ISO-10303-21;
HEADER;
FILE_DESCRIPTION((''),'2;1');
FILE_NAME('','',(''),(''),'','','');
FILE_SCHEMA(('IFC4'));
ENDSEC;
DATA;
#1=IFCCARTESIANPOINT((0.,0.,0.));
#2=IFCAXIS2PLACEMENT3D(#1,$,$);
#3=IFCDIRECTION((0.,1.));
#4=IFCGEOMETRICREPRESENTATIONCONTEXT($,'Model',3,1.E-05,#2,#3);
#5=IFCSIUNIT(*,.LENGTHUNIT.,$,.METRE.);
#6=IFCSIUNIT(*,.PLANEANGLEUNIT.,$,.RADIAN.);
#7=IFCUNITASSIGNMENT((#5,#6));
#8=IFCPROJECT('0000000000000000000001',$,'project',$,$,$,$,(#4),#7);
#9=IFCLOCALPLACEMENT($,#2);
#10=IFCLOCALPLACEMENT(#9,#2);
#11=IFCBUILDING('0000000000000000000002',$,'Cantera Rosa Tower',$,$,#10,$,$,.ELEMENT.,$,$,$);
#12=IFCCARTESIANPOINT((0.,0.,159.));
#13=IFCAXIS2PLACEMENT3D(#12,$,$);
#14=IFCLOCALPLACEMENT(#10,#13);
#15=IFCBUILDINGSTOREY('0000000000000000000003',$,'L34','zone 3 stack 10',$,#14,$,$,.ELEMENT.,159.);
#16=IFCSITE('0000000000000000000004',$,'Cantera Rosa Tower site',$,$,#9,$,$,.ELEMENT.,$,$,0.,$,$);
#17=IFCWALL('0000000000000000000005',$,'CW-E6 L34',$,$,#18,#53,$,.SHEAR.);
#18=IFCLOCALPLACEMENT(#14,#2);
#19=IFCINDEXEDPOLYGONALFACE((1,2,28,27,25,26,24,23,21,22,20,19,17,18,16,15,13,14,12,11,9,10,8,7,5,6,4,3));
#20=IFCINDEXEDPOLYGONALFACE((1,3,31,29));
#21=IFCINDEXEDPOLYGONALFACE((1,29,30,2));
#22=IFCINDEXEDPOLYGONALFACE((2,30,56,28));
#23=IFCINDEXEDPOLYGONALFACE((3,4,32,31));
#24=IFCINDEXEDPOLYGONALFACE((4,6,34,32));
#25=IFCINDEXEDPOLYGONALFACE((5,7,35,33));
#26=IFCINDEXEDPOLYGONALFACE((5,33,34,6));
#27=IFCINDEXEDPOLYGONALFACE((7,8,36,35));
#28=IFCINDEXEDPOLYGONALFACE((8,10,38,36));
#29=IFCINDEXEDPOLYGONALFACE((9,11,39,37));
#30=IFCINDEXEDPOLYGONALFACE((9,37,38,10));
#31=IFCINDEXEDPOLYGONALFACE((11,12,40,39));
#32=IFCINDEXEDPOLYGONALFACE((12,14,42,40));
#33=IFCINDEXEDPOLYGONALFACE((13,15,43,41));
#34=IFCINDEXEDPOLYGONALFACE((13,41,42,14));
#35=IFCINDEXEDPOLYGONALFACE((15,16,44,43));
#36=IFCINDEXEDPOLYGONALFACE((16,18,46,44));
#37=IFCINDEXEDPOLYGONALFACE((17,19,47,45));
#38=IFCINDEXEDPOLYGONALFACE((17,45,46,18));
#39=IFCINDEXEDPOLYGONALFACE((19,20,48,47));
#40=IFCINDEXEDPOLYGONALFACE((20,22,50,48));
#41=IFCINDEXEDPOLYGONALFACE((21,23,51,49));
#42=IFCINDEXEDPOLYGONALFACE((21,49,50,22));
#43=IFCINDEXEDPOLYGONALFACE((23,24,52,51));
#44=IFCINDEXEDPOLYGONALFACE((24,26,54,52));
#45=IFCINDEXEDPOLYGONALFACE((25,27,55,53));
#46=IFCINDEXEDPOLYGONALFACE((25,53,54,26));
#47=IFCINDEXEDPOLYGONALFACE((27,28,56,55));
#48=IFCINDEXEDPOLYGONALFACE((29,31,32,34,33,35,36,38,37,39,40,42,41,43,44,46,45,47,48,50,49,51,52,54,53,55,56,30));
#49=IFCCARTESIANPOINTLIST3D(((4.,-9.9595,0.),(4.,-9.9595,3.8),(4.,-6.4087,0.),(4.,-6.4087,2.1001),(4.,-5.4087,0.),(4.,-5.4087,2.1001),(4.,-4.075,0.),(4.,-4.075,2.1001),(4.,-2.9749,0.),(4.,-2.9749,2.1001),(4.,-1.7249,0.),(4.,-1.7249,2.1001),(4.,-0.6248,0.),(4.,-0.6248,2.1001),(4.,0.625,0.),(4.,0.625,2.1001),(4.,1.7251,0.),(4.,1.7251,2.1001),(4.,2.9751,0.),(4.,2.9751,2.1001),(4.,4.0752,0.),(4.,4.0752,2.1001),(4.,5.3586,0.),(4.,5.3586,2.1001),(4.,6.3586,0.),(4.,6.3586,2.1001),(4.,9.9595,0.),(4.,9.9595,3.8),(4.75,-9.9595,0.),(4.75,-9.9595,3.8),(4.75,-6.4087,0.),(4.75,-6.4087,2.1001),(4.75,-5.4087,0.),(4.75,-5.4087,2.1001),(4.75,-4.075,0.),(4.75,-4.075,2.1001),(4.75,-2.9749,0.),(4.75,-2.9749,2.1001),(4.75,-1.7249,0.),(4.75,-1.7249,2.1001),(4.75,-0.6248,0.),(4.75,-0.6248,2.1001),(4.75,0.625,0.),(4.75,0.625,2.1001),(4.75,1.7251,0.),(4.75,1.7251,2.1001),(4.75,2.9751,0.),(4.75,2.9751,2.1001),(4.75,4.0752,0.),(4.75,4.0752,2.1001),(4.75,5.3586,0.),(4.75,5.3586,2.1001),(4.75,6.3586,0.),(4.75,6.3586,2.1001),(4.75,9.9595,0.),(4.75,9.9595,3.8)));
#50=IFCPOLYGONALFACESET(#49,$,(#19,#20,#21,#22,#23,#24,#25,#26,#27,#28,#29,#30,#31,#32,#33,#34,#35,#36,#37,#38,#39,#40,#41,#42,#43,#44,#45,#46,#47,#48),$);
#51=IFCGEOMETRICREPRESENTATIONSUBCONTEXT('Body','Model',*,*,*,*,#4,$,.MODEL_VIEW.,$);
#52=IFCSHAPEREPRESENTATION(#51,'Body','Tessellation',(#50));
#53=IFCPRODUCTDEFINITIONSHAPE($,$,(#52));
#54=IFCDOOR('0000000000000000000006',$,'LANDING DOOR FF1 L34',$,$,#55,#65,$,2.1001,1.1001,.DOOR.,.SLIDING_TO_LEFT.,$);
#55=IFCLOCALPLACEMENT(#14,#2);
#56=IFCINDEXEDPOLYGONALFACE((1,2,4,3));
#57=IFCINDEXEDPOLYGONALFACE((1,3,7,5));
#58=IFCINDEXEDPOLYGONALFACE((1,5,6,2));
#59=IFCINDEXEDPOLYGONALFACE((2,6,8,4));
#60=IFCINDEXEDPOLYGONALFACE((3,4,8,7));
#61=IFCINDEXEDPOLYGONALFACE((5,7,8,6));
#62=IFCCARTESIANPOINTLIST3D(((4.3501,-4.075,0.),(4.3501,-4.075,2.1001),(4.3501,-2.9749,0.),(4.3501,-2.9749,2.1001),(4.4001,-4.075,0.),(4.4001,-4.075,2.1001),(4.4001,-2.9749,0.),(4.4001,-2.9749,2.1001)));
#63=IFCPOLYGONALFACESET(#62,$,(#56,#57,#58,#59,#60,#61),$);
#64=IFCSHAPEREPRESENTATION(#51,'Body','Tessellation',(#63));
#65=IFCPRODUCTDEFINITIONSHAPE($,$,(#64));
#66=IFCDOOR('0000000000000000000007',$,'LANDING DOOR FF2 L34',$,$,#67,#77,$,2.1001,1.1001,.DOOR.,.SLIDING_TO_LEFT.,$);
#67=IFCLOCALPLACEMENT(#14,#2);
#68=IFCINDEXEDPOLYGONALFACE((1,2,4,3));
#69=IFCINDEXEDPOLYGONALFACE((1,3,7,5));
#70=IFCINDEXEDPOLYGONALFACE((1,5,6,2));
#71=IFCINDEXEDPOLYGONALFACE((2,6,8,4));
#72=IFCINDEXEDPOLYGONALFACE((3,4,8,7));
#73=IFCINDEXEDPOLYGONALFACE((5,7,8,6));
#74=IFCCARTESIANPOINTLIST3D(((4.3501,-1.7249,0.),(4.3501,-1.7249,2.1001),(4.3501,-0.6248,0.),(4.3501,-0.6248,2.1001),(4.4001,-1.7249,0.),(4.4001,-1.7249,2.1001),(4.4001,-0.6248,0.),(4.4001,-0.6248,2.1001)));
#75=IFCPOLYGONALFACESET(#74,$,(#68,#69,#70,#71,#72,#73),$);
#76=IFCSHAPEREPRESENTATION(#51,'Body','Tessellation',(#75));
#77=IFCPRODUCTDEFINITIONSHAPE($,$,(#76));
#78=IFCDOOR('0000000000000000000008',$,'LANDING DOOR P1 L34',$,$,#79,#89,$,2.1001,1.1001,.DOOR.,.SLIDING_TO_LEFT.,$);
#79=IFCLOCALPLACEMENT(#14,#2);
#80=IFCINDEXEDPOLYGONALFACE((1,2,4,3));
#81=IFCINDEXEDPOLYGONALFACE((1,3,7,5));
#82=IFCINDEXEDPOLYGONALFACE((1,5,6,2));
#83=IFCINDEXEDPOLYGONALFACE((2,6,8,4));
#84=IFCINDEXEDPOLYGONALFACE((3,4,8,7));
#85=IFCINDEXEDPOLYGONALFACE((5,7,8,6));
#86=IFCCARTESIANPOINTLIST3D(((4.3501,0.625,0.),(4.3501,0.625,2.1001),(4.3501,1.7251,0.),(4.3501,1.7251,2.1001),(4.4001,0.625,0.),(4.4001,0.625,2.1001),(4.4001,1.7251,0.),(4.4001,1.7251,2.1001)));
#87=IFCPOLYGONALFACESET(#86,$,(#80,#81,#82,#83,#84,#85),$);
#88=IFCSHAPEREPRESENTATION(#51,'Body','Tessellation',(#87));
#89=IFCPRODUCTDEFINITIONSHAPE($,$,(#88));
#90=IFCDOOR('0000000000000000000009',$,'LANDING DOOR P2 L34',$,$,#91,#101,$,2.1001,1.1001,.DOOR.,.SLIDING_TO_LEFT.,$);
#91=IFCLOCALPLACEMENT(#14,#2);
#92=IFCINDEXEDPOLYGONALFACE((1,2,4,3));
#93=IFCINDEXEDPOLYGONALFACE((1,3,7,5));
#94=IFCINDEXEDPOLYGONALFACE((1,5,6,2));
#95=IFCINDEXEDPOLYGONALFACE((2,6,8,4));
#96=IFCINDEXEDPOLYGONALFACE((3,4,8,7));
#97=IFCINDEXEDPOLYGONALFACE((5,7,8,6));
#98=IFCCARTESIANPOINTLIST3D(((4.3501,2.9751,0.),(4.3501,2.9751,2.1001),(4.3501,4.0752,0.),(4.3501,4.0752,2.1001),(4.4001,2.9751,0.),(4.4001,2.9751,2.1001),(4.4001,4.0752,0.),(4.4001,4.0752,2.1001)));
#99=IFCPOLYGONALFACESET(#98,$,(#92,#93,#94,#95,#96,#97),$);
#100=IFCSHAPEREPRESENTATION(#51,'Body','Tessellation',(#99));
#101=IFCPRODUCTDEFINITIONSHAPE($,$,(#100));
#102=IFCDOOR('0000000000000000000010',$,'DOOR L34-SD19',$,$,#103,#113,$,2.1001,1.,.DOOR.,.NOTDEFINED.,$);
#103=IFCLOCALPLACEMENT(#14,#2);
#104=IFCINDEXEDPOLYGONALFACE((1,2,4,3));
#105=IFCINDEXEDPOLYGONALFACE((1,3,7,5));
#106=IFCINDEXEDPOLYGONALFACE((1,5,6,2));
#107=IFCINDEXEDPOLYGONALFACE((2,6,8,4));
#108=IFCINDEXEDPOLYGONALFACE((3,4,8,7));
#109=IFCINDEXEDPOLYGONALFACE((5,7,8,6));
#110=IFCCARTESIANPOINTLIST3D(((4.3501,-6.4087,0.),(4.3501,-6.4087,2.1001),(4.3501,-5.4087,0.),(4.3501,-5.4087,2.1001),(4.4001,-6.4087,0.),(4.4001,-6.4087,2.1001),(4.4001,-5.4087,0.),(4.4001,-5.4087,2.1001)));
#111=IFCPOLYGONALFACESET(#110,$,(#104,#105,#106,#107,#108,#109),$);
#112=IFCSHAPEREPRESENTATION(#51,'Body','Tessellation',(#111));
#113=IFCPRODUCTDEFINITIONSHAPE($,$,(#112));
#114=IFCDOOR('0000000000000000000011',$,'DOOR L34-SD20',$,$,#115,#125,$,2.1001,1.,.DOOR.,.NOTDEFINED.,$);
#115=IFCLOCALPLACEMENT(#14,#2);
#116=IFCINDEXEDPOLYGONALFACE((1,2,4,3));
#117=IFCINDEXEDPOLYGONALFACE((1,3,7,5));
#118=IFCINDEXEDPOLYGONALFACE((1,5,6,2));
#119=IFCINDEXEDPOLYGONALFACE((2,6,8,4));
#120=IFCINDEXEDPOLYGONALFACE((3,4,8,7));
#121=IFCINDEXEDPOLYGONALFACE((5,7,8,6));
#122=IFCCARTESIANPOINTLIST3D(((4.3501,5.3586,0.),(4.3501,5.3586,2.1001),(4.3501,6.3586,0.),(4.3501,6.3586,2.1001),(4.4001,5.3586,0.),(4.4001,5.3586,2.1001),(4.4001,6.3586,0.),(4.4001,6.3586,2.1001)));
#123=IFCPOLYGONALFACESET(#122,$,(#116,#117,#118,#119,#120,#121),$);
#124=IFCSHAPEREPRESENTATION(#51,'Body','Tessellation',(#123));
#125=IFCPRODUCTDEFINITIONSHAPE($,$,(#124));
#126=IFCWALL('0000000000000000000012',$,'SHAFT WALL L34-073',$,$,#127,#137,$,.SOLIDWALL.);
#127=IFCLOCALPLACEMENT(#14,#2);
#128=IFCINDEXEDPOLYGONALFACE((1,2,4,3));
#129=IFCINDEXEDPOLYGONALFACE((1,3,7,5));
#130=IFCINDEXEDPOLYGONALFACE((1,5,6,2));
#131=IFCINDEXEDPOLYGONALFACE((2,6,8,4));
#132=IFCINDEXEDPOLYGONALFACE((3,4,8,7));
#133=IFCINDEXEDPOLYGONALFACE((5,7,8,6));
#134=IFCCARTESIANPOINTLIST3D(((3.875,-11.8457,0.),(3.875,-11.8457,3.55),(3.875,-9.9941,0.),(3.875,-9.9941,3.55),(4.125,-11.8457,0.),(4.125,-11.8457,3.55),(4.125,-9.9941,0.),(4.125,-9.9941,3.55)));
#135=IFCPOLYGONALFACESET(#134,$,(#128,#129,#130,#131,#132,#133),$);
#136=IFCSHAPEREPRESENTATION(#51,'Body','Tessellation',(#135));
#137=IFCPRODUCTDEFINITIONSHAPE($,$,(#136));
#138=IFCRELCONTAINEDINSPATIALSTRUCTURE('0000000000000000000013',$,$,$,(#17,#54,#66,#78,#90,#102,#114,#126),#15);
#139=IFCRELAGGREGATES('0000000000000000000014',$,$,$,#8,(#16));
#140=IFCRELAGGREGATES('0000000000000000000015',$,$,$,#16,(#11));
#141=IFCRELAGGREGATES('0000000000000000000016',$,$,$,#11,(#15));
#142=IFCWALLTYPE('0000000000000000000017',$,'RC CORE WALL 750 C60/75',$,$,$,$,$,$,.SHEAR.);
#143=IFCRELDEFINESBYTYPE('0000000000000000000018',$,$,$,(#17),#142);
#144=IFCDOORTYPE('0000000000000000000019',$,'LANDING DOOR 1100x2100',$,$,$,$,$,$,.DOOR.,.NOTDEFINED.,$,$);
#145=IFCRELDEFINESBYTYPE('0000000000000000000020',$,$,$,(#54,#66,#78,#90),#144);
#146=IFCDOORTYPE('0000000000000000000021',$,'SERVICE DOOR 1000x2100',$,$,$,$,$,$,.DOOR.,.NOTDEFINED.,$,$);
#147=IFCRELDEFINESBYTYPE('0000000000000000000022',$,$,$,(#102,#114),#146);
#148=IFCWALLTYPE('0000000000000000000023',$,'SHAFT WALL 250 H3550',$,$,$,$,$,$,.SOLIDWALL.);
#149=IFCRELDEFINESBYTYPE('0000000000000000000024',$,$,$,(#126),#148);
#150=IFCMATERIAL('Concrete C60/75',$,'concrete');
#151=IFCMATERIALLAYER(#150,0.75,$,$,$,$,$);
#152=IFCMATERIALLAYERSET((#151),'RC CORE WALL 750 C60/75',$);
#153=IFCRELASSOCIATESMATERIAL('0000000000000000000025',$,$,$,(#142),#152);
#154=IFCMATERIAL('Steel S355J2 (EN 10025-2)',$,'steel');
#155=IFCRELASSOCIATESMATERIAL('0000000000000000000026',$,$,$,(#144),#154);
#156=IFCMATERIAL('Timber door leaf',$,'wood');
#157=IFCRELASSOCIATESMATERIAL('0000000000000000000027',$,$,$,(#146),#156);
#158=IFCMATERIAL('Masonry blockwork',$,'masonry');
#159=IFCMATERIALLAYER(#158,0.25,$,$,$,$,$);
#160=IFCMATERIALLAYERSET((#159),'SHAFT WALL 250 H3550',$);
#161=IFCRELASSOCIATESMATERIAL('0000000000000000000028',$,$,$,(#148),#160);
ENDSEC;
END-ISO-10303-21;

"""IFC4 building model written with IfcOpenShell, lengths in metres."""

from ifc_helpers import new_model, si_unit, direction, frame, frame_2d, origin, place, context, subcontext, project, spatial, rectangle, extrude, material, layer, layer_set, type_object, element, fill, save


model = new_model("IFC4")

# Units and contexts
model_context = context("Model", 3, precision=1e-05, world=origin(), true_north=direction((0.0, 1.0)))
body_context = subcontext(model_context, "Body", "Model", "MODEL_VIEW")
ifc_project = project(units=[si_unit("LENGTHUNIT", "METRE"), si_unit("PLANEANGLEUNIT", "RADIAN")], contexts=[model_context])

# Site, building, storey
site_placement = place(None, origin())
site = spatial("IfcSite", under=ifc_project, at=site_placement, Name="Cantera Rosa Tower site", CompositionType="ELEMENT", RefElevation=0.0)
building_placement = place(site_placement, origin())
building = spatial("IfcBuilding", under=site, at=building_placement, Name="Cantera Rosa Tower", CompositionType="ELEMENT")
storey_placement = place(building_placement, frame((0.0, 0.0, 159.0)))
storey = spatial("IfcBuildingStorey", under=building, at=storey_placement, Name="L34", Description="zone 3 stack 10", CompositionType="ELEMENT", Elevation=159.0)

# Shared definitions
ifc_material_1 = material(Name="Concrete C60/75", Category="concrete")
ifc_layer_1 = layer(ifc_material_1, 0.75)
ifc_layer_set_1 = layer_set([ifc_layer_1], Name="RC CORE WALL 750 C60/75")
wall_type_1 = type_object("IfcWallType", Name="RC CORE WALL 750 C60/75", PredefinedType="SHEAR", material=ifc_layer_set_1)

# Wall, openings, doors
wall_1_placement = place(storey_placement, frame((4.375, -9.9595, 0.0), z_axis=(0.0, 0.0, 1.0), x_axis=(0.0, 1.0, 0.0)))
wall_1 = element("IfcWall", 1, at=wall_1_placement, inside=storey, type_object=wall_type_1, Name="CW-E6 L34", PredefinedType="SHEAR", context=body_context, shape_type="SweptSolid", body=[
    extrude(rectangle(XDim=19.9189, YDim=0.75, at=frame_2d((9.9595, 0.0))), origin(), (0.0, 0.0, 1.0), 3.8),
])
opening_1_placement = place(wall_1_placement, frame((5.8845, 0.0, 0.0)))
opening_1 = element("IfcOpeningElement", 2, at=opening_1_placement, cuts=wall_1, PredefinedType="OPENING", context=body_context, shape_type="SweptSolid", body=[
    extrude(rectangle(XDim=1.1001, YDim=2.1001, at=frame_2d((0.55, 1.05))), frame((0.0, 0.385, 0.0), z_axis=(0.0, -1.0, 0.0), x_axis=(1.0, 0.0, 0.0)), (0.0, 0.0, 1.0), 0.77),
])
opening_2_placement = place(wall_1_placement, frame((8.2346, 0.0, 0.0)))
opening_2 = element("IfcOpeningElement", 3, at=opening_2_placement, cuts=wall_1, PredefinedType="OPENING", context=body_context, shape_type="SweptSolid", body=[
    extrude(rectangle(XDim=1.1001, YDim=2.1001, at=frame_2d((0.55, 1.05))), frame((0.0, 0.385, 0.0), z_axis=(0.0, -1.0, 0.0), x_axis=(1.0, 0.0, 0.0)), (0.0, 0.0, 1.0), 0.77),
])
opening_3_placement = place(wall_1_placement, frame((10.5845, 0.0, 0.0)))
opening_3 = element("IfcOpeningElement", 4, at=opening_3_placement, cuts=wall_1, PredefinedType="OPENING", context=body_context, shape_type="SweptSolid", body=[
    extrude(rectangle(XDim=1.1001, YDim=2.1001, at=frame_2d((0.55, 1.05))), frame((0.0, 0.385, 0.0), z_axis=(0.0, -1.0, 0.0), x_axis=(1.0, 0.0, 0.0)), (0.0, 0.0, 1.0), 0.77),
])
opening_4_placement = place(wall_1_placement, frame((12.9346, 0.0, 0.0)))
opening_4 = element("IfcOpeningElement", 5, at=opening_4_placement, cuts=wall_1, PredefinedType="OPENING", context=body_context, shape_type="SweptSolid", body=[
    extrude(rectangle(XDim=1.1001, YDim=2.1001, at=frame_2d((0.55, 1.05))), frame((0.0, 0.385, 0.0), z_axis=(0.0, -1.0, 0.0), x_axis=(1.0, 0.0, 0.0)), (0.0, 0.0, 1.0), 0.77),
])
opening_5_placement = place(wall_1_placement, frame((3.5508, 0.0, 0.0)))
opening_5 = element("IfcOpeningElement", 6, at=opening_5_placement, cuts=wall_1, PredefinedType="OPENING", context=body_context, shape_type="SweptSolid", body=[
    extrude(rectangle(XDim=1.0, YDim=2.1001, at=frame_2d((0.5, 1.05))), frame((0.0, 0.385, 0.0), z_axis=(0.0, -1.0, 0.0), x_axis=(1.0, 0.0, 0.0)), (0.0, 0.0, 1.0), 0.77),
])
opening_6_placement = place(wall_1_placement, frame((15.3181, 0.0, 0.0)))
opening_6 = element("IfcOpeningElement", 7, at=opening_6_placement, cuts=wall_1, PredefinedType="OPENING", context=body_context, shape_type="SweptSolid", body=[
    extrude(rectangle(XDim=1.0, YDim=2.1001, at=frame_2d((0.5, 1.05))), frame((0.0, 0.385, 0.0), z_axis=(0.0, -1.0, 0.0), x_axis=(1.0, 0.0, 0.0)), (0.0, 0.0, 1.0), 0.77),
])
ifc_material_2 = material(Name="Steel S355J2 (EN 10025-2)", Category="steel")
door_type_1 = type_object("IfcDoorType", Name="LANDING DOOR 1100x2100", OperationType="NOTDEFINED", PredefinedType="DOOR", material=ifc_material_2)
door_1_placement = place(opening_1_placement, origin())
door_1 = element("IfcDoor", 8, at=door_1_placement, inside=storey, type_object=door_type_1, Name="LANDING DOOR FF1 L34", OperationType="SLIDING_TO_LEFT", OverallHeight=2.1001, OverallWidth=1.1001, PredefinedType="DOOR", context=body_context, shape_type="SweptSolid", body=[
    extrude(rectangle(XDim=1.1001, YDim=2.1001, at=frame_2d((0.55, 1.05))), frame((0.0, 0.0249, 0.0), z_axis=(0.0, -1.0, 0.0), x_axis=(1.0, 0.0, 0.0)), (0.0, 0.0, 1.0), 0.05),
])
fill(opening_1, door_1)
door_2_placement = place(opening_2_placement, origin())
door_2 = element("IfcDoor", 9, at=door_2_placement, inside=storey, type_object=door_type_1, Name="LANDING DOOR FF2 L34", OperationType="SLIDING_TO_LEFT", OverallHeight=2.1001, OverallWidth=1.1001, PredefinedType="DOOR", context=body_context, shape_type="SweptSolid", body=[
    extrude(rectangle(XDim=1.1001, YDim=2.1001, at=frame_2d((0.55, 1.05))), frame((0.0, 0.0249, 0.0), z_axis=(0.0, -1.0, 0.0), x_axis=(1.0, 0.0, 0.0)), (0.0, 0.0, 1.0), 0.05),
])
fill(opening_2, door_2)
door_3_placement = place(opening_3_placement, origin())
door_3 = element("IfcDoor", 10, at=door_3_placement, inside=storey, type_object=door_type_1, Name="LANDING DOOR P1 L34", OperationType="SLIDING_TO_LEFT", OverallHeight=2.1001, OverallWidth=1.1001, PredefinedType="DOOR", context=body_context, shape_type="SweptSolid", body=[
    extrude(rectangle(XDim=1.1001, YDim=2.1001, at=frame_2d((0.55, 1.05))), frame((0.0, 0.0249, 0.0), z_axis=(0.0, -1.0, 0.0), x_axis=(1.0, 0.0, 0.0)), (0.0, 0.0, 1.0), 0.05),
])
fill(opening_3, door_3)
door_4_placement = place(opening_4_placement, origin())
door_4 = element("IfcDoor", 11, at=door_4_placement, inside=storey, type_object=door_type_1, Name="LANDING DOOR P2 L34", OperationType="SLIDING_TO_LEFT", OverallHeight=2.1001, OverallWidth=1.1001, PredefinedType="DOOR", context=body_context, shape_type="SweptSolid", body=[
    extrude(rectangle(XDim=1.1001, YDim=2.1001, at=frame_2d((0.55, 1.05))), frame((0.0, 0.0249, 0.0), z_axis=(0.0, -1.0, 0.0), x_axis=(1.0, 0.0, 0.0)), (0.0, 0.0, 1.0), 0.05),
])
fill(opening_4, door_4)
ifc_material_3 = material(Name="Timber door leaf", Category="wood")
door_type_2 = type_object("IfcDoorType", Name="SERVICE DOOR 1000x2100", OperationType="NOTDEFINED", PredefinedType="DOOR", material=ifc_material_3)
door_5_placement = place(opening_5_placement, origin())
door_5 = element("IfcDoor", 12, at=door_5_placement, inside=storey, type_object=door_type_2, Name="DOOR L34-SD19", OperationType="NOTDEFINED", OverallHeight=2.1001, OverallWidth=1.0, PredefinedType="DOOR", context=body_context, shape_type="SweptSolid", body=[
    extrude(rectangle(XDim=1.0, YDim=2.1001, at=frame_2d((0.5, 1.05))), frame((0.0, 0.0249, 0.0), z_axis=(0.0, -1.0, 0.0), x_axis=(1.0, 0.0, 0.0)), (0.0, 0.0, 1.0), 0.05),
])
fill(opening_5, door_5)
door_6_placement = place(opening_6_placement, origin())
door_6 = element("IfcDoor", 13, at=door_6_placement, inside=storey, type_object=door_type_2, Name="DOOR L34-SD20", OperationType="NOTDEFINED", OverallHeight=2.1001, OverallWidth=1.0, PredefinedType="DOOR", context=body_context, shape_type="SweptSolid", body=[
    extrude(rectangle(XDim=1.0, YDim=2.1001, at=frame_2d((0.5, 1.05))), frame((0.0, 0.0249, 0.0), z_axis=(0.0, -1.0, 0.0), x_axis=(1.0, 0.0, 0.0)), (0.0, 0.0, 1.0), 0.05),
])
fill(opening_6, door_6)

# Wall
ifc_material_4 = material(Name="Masonry blockwork", Category="masonry")
ifc_layer_2 = layer(ifc_material_4, 0.25)
ifc_layer_set_2 = layer_set([ifc_layer_2], Name="SHAFT WALL 250 H3550")
wall_type_2 = type_object("IfcWallType", Name="SHAFT WALL 250 H3550", PredefinedType="SOLIDWALL", material=ifc_layer_set_2)
wall_2_placement = place(storey_placement, frame((4.0, -11.8457, 0.0), z_axis=(0.0, 0.0, 1.0), x_axis=(0.0, 1.0, 0.0)))
element("IfcWall", 14, at=wall_2_placement, inside=storey, type_object=wall_type_2, Name="SHAFT WALL L34-073", PredefinedType="SOLIDWALL", context=body_context, shape_type="SweptSolid", body=[
    extrude(rectangle(XDim=1.8516, YDim=0.25, at=frame_2d((0.9258, 0.0))), origin(), (0.0, 0.0, 1.0), 3.55),
])

save(model, "model.ifc")
